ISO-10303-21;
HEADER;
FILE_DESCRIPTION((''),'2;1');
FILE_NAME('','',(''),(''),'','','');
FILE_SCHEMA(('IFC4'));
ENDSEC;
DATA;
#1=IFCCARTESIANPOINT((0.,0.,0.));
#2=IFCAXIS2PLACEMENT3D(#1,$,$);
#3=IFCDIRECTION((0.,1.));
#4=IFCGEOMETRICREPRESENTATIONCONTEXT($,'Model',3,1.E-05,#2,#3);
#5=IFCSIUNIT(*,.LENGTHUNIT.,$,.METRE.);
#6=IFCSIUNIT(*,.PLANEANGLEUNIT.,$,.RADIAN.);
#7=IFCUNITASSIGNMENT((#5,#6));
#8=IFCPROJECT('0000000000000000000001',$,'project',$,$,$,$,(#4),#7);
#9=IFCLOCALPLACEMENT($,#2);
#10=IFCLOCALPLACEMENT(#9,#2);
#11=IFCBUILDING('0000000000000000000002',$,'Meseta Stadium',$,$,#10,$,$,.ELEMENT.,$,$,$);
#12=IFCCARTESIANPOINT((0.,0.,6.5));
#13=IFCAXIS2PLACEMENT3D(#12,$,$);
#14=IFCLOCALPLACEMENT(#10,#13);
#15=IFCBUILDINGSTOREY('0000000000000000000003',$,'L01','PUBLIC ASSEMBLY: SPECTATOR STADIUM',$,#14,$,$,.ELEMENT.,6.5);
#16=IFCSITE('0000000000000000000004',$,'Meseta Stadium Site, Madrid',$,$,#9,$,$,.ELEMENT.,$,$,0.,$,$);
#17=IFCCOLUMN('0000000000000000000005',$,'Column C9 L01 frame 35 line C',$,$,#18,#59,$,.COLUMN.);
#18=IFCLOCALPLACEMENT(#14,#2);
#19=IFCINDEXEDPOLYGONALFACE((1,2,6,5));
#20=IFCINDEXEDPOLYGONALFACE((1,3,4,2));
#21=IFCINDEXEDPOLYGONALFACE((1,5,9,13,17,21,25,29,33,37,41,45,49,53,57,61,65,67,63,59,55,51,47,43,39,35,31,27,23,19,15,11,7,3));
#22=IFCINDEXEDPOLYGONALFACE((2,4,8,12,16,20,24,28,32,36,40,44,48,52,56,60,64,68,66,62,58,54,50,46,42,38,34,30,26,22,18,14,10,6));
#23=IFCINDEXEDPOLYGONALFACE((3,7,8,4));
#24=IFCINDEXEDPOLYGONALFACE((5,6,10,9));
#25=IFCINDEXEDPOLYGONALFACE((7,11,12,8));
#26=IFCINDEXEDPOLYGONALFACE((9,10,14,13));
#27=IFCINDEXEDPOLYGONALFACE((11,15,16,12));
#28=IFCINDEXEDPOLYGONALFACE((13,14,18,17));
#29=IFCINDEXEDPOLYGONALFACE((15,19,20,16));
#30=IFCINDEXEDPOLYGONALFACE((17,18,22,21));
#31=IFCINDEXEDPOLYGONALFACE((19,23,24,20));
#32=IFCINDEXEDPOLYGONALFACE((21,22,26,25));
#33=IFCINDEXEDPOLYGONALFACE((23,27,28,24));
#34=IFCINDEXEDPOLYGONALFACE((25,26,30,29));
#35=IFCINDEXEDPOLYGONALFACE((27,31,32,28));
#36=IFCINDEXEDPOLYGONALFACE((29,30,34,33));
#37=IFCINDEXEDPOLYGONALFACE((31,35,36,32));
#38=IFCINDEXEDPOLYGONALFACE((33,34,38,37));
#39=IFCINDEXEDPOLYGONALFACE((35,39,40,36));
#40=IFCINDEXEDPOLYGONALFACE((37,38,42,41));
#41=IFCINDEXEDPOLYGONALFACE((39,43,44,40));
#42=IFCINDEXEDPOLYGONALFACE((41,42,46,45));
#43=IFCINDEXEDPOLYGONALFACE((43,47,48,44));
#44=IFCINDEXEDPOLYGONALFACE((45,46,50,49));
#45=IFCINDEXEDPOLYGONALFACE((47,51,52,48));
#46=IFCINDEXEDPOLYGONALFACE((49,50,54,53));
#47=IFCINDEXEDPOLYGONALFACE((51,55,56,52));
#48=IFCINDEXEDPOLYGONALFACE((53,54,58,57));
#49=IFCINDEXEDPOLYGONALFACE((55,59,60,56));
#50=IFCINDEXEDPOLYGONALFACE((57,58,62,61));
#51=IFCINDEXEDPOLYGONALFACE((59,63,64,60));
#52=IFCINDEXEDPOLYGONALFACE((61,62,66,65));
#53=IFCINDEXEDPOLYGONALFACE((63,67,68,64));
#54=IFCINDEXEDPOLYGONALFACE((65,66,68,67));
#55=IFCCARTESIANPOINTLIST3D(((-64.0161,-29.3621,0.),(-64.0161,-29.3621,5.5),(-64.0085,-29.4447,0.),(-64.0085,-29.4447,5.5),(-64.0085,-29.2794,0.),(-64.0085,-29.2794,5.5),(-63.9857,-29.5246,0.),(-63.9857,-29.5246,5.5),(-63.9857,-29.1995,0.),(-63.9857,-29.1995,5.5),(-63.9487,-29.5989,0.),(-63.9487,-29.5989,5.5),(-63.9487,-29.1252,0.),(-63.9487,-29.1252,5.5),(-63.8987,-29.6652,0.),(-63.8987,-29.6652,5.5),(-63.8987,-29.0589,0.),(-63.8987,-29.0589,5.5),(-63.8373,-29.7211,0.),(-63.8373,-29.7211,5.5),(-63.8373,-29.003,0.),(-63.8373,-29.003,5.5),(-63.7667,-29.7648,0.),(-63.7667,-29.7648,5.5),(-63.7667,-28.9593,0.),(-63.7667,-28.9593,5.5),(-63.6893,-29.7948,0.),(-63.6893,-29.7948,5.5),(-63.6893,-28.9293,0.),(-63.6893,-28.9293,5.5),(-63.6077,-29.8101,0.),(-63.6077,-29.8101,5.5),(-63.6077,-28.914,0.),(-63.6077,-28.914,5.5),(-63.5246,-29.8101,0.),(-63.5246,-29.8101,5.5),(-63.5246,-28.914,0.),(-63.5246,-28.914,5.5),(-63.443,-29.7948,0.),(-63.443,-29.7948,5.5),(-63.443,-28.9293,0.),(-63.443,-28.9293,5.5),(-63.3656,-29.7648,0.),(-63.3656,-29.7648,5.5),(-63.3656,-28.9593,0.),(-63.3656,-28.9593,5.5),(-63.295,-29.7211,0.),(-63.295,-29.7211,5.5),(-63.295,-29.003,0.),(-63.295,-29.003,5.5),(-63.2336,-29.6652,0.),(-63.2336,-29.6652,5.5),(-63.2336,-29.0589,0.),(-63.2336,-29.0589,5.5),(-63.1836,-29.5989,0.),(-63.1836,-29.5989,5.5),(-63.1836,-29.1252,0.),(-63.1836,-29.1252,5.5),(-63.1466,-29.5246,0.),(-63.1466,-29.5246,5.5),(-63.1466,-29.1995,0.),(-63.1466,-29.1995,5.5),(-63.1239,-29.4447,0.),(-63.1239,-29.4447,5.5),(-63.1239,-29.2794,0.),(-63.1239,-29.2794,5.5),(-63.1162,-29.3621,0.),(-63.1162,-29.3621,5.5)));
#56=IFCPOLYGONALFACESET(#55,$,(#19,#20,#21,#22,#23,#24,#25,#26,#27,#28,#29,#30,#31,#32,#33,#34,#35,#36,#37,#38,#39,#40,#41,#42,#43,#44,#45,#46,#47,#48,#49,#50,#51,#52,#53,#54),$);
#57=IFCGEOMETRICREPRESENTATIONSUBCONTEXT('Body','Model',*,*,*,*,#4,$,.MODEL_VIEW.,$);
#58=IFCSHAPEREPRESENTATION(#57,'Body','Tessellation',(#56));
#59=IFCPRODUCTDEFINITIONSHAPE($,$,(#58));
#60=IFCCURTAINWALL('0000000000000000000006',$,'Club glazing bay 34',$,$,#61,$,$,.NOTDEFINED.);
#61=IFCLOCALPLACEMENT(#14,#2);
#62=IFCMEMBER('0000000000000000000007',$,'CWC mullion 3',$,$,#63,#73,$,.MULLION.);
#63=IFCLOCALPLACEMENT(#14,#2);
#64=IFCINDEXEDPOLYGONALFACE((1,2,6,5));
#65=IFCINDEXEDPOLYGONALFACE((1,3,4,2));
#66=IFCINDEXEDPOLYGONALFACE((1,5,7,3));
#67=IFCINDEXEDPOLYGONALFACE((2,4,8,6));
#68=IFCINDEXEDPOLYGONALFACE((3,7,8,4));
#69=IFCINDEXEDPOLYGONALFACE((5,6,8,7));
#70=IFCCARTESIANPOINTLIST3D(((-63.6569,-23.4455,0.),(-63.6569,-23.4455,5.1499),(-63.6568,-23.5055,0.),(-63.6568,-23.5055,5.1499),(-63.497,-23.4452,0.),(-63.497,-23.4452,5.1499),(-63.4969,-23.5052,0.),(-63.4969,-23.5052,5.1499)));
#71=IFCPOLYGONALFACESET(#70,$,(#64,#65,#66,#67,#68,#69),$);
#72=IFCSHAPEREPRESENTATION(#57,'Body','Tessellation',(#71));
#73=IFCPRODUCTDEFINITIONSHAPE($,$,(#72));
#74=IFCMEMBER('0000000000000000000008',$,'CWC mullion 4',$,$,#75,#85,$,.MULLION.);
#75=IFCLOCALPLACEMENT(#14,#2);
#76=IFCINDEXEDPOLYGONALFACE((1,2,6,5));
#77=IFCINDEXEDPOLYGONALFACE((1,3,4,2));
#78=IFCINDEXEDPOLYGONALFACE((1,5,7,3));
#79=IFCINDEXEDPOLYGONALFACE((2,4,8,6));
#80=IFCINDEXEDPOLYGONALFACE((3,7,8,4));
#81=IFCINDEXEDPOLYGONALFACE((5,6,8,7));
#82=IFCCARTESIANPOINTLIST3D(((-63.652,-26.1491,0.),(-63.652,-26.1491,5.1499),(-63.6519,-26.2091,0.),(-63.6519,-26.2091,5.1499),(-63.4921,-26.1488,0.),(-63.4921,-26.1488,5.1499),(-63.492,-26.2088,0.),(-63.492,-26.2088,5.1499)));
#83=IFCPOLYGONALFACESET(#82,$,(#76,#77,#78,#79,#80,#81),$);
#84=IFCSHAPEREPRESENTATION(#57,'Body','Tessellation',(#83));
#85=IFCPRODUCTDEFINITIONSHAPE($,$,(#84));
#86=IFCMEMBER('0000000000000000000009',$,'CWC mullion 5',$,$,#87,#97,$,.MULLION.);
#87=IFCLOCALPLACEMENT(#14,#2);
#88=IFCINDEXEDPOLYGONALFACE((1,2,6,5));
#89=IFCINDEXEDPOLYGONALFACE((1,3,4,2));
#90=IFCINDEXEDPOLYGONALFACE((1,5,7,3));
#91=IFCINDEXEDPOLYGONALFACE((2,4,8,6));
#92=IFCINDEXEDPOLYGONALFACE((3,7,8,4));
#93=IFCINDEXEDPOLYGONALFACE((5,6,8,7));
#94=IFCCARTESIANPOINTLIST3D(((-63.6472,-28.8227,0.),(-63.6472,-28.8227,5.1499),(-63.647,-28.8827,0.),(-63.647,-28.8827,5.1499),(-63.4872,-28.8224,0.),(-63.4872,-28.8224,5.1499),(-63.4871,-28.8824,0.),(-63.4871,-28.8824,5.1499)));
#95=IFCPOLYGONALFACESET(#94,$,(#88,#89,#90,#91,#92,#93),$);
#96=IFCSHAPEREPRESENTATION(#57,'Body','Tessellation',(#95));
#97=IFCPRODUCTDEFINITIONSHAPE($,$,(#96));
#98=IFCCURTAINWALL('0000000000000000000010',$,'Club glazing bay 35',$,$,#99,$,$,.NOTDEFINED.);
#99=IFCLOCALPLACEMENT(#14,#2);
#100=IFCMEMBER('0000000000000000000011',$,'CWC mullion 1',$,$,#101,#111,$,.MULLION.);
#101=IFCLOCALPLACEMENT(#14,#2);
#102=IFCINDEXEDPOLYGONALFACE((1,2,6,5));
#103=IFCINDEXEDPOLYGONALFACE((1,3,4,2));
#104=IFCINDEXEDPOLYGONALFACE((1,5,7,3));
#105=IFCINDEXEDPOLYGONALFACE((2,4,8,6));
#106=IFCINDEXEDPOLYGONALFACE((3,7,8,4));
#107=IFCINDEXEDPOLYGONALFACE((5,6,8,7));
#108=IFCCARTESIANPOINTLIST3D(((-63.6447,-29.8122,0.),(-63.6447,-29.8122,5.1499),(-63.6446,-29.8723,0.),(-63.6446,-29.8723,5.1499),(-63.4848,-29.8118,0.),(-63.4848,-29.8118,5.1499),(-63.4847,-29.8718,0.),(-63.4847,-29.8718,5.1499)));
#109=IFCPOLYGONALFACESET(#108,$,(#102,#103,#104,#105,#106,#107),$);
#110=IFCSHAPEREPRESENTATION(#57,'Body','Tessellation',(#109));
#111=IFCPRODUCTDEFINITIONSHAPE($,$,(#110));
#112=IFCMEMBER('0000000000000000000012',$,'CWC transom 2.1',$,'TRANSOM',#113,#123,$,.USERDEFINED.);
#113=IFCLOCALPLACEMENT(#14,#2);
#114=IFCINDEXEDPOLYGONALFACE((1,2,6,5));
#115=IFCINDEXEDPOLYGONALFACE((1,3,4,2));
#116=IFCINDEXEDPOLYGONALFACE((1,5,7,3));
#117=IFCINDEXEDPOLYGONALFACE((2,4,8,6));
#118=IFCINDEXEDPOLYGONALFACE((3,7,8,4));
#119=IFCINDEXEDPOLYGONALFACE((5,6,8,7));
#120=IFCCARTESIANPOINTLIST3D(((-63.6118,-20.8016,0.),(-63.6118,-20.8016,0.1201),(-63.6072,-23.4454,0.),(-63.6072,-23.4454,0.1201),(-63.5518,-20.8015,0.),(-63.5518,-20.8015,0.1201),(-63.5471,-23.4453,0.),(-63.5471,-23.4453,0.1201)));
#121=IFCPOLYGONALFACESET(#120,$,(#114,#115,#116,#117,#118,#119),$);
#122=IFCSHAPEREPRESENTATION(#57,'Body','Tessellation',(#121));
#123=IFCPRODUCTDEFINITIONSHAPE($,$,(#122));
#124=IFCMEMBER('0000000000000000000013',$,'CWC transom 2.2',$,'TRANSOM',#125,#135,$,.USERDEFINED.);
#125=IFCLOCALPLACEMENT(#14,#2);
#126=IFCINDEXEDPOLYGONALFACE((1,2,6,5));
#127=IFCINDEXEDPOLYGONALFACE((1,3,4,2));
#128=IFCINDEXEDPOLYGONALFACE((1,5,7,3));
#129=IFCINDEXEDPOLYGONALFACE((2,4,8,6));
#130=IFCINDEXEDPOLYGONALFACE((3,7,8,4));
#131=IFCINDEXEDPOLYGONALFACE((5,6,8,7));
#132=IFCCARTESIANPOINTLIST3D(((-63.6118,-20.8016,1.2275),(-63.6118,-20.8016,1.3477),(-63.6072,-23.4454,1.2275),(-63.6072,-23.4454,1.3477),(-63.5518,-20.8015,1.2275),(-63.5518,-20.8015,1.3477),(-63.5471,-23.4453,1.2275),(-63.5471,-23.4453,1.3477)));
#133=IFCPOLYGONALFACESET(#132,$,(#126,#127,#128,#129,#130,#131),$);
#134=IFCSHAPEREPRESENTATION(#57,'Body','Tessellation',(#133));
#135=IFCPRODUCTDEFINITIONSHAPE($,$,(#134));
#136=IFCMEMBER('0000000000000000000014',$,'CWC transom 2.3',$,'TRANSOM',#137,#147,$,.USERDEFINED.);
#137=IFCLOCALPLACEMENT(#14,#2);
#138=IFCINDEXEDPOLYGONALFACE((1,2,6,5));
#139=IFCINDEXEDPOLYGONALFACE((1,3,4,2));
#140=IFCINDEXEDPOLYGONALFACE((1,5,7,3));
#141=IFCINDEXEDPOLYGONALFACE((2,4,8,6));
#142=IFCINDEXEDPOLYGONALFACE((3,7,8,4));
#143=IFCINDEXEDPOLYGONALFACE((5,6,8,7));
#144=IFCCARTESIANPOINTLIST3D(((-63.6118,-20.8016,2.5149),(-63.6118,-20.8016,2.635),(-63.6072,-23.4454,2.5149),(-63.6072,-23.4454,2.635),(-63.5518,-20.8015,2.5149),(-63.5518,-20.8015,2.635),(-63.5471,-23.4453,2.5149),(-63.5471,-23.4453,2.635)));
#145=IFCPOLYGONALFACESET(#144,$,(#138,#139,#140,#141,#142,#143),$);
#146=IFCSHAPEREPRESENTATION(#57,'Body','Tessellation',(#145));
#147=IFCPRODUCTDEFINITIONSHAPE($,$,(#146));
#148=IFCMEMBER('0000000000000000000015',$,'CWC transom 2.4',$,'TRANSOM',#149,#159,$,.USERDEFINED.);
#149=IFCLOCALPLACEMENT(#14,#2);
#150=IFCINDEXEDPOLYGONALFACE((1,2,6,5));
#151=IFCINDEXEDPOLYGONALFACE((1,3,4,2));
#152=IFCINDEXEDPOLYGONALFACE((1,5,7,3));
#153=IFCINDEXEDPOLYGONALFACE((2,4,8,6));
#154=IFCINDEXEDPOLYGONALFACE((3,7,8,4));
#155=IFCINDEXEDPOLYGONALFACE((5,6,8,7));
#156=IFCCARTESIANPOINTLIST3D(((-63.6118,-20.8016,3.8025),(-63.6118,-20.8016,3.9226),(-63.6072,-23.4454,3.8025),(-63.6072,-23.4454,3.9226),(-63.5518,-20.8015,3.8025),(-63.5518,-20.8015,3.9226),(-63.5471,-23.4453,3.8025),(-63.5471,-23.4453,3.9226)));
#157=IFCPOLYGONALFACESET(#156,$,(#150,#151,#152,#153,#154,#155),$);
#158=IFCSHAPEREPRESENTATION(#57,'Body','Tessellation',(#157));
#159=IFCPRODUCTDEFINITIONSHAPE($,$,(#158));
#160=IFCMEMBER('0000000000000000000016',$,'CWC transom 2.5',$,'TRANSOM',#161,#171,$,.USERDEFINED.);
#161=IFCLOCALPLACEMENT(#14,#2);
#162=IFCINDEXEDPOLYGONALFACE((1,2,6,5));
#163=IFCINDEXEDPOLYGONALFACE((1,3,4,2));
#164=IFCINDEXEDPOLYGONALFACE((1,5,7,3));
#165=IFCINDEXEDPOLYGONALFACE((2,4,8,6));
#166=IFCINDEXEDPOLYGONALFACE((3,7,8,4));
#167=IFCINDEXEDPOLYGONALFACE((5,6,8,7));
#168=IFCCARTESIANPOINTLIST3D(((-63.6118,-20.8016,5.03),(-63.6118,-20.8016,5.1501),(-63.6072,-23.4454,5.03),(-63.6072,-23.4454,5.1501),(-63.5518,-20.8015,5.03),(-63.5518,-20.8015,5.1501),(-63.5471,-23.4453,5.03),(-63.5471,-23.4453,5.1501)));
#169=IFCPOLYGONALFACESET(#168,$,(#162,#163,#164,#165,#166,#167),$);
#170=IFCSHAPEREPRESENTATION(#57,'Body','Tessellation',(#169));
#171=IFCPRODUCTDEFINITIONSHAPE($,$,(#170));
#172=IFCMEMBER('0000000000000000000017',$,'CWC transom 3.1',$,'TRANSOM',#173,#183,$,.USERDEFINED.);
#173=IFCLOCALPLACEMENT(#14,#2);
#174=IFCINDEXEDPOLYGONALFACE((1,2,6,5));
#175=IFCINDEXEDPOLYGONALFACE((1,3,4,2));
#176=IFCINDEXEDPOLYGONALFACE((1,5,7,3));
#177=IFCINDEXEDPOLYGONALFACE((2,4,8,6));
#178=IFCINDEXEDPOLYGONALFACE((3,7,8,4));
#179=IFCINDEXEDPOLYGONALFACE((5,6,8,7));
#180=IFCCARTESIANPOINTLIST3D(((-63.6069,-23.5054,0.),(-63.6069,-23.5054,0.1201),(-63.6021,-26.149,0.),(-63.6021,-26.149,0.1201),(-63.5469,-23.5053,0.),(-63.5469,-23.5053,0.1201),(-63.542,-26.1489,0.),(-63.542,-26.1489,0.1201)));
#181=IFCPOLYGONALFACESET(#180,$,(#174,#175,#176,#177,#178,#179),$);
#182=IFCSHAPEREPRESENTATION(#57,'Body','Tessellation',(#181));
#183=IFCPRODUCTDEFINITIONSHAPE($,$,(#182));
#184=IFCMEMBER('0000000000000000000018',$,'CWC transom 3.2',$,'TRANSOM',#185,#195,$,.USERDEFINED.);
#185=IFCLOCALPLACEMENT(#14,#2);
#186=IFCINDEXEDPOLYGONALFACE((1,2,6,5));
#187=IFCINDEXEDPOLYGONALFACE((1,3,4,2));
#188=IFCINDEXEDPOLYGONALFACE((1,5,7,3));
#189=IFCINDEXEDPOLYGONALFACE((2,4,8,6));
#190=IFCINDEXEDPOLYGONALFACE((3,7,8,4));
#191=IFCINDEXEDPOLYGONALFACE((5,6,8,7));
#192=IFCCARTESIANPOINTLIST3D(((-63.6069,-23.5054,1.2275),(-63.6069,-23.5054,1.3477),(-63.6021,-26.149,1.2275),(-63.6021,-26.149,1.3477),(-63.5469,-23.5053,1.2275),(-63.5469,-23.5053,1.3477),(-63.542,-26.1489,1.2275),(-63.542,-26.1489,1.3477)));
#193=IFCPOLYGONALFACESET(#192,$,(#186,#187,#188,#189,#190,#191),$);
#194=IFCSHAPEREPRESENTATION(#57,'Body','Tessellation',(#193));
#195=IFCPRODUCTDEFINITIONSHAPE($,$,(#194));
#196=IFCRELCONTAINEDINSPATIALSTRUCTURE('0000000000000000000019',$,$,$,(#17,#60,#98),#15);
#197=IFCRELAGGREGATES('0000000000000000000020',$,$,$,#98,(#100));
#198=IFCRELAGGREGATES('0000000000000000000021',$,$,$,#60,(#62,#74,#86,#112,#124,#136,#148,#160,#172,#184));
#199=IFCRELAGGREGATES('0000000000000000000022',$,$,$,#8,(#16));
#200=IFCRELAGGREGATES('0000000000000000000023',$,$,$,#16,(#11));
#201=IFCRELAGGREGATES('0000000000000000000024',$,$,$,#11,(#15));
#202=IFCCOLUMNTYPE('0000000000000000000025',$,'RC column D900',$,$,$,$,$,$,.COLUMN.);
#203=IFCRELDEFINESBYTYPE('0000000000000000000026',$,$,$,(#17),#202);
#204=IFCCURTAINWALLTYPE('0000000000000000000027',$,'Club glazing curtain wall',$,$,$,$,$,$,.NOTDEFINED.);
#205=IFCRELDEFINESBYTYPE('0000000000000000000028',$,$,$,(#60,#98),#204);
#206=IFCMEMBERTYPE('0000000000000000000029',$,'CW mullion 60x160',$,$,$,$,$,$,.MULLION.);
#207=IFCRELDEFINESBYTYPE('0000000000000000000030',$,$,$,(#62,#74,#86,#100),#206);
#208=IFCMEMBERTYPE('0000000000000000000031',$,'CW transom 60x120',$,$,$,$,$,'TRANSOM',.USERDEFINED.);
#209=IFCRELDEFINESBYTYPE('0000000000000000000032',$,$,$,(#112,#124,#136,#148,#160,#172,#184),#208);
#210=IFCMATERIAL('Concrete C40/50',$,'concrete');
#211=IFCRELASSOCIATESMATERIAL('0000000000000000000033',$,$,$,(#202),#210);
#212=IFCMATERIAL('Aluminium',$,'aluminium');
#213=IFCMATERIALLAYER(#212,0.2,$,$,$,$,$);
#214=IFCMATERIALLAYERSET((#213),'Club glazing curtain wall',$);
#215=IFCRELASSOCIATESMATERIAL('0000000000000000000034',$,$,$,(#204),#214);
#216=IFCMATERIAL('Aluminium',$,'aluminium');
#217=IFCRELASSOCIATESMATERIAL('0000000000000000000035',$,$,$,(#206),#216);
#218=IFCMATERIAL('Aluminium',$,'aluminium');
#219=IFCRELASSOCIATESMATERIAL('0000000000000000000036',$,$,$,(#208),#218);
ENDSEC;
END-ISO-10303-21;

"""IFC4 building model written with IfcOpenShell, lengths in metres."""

from ifc_helpers import new_model, si_unit, direction, frame, origin, origin_2d, place, context, subcontext, project, spatial, rectangle, circle, extrude, material, layer, layer_set, material_profile, profile_set, type_object, element, aggregate, save


model = new_model("IFC4")

# Units and contexts
model_context = context("Model", 3, precision=1e-05, world=origin(), true_north=direction((0.0, 1.0)))
body_context = subcontext(model_context, "Body", "Model", "MODEL_VIEW")
ifc_project = project(units=[si_unit("LENGTHUNIT", "METRE"), si_unit("PLANEANGLEUNIT", "RADIAN")], contexts=[model_context])

# Site, building, storey
site_placement = place(None, origin())
site = spatial("IfcSite", under=ifc_project, at=site_placement, Name="Meseta Stadium Site, Madrid", CompositionType="ELEMENT", RefElevation=0.0)
building_placement = place(site_placement, origin())
building = spatial("IfcBuilding", under=site, at=building_placement, Name="Meseta Stadium", CompositionType="ELEMENT")
storey_placement = place(building_placement, frame((0.0, 0.0, 6.5)))
storey = spatial("IfcBuildingStorey", under=building, at=storey_placement, Name="L01", Description="PUBLIC ASSEMBLY: SPECTATOR STADIUM", CompositionType="ELEMENT", Elevation=6.5)

# Column
ifc_material_1 = material(Name="Concrete C40/50", Category="concrete")
ifc_material_profile_1 = material_profile(ifc_material_1, circle(Radius=0.45, at=origin_2d()), Name="RC D900")
ifc_profile_set_1 = profile_set([ifc_material_profile_1], Name="Concrete C40/50")
column_type = type_object("IfcColumnType", Name="RC column D900", PredefinedType="COLUMN", material=ifc_profile_set_1)
column_placement = place(storey_placement, frame((-63.5662, -29.3621, 0.0), z_axis=(0.0, 0.0, 1.0), x_axis=(1.0, 0.0, 0.0)))
element("IfcColumn", 1, at=column_placement, inside=storey, type_object=column_type, Name="Column C9 L01 frame 35 line C", PredefinedType="COLUMN", context=body_context, shape_type="SweptSolid", body=[
    extrude(circle(Radius=0.45, at=origin_2d()), origin(), (0.0, 0.0, 1.0), 5.5),
])

# Curtain wall, members
ifc_material_2 = material(Name="Aluminium", Category="aluminium")
ifc_layer_1 = layer(ifc_material_2, 0.2)
ifc_layer_set_1 = layer_set([ifc_layer_1], Name="Club glazing curtain wall")
curtain_wall_type = type_object("IfcCurtainWallType", Name="Club glazing curtain wall", PredefinedType="NOTDEFINED", material=ifc_layer_set_1)
curtain_wall_1_placement = place(storey_placement, origin())
curtain_wall_1 = element("IfcCurtainWall", 2, at=curtain_wall_1_placement, inside=storey, type_object=curtain_wall_type, Name="Club glazing bay 34", PredefinedType="NOTDEFINED")
ifc_material_3 = material(Name="Aluminium", Category="aluminium")
ifc_material_profile_2 = material_profile(ifc_material_3, rectangle(XDim=0.1599, YDim=0.0601, at=origin_2d()), Name="CW 160x60")
ifc_profile_set_2 = profile_set([ifc_material_profile_2], Name="Aluminium")
member_type_1 = type_object("IfcMemberType", Name="CW mullion 60x160", PredefinedType="MULLION", material=ifc_profile_set_2)
member_1_placement = place(storey_placement, frame((-63.5769, -23.4753, 0.0), z_axis=(0.0, 0.0, 1.0), x_axis=(0.999998, 0.001845, 0.0)))
member_1 = element("IfcMember", 3, at=member_1_placement, type_object=member_type_1, Name="CWC mullion 3", PredefinedType="MULLION", context=body_context, shape_type="SweptSolid", body=[
    extrude(rectangle(XDim=0.1599, YDim=0.0601, at=origin_2d()), origin(), (0.0, 0.0, 1.0), 5.1499),
])
member_2_placement = place(storey_placement, frame((-63.572, -26.179, 0.0), z_axis=(0.0, 0.0, 1.0), x_axis=(0.999998, 0.001845, 0.0)))
member_2 = element("IfcMember", 4, at=member_2_placement, type_object=member_type_1, Name="CWC mullion 4", PredefinedType="MULLION", context=body_context, shape_type="SweptSolid", body=[
    extrude(rectangle(XDim=0.1599, YDim=0.0601, at=origin_2d()), origin(), (0.0, 0.0, 1.0), 5.1499),
])
member_3_placement = place(storey_placement, frame((-63.5671, -28.8525, 0.0), z_axis=(0.0, 0.0, 1.0), x_axis=(0.999998, 0.001845, 0.0)))
member_3 = element("IfcMember", 5, at=member_3_placement, type_object=member_type_1, Name="CWC mullion 5", PredefinedType="MULLION", context=body_context, shape_type="SweptSolid", body=[
    extrude(rectangle(XDim=0.1599, YDim=0.0601, at=origin_2d()), origin(), (0.0, 0.0, 1.0), 5.1499),
])

# Curtain wall, member
curtain_wall_2_placement = place(storey_placement, origin())
curtain_wall_2 = element("IfcCurtainWall", 6, at=curtain_wall_2_placement, inside=storey, type_object=curtain_wall_type, Name="Club glazing bay 35", PredefinedType="NOTDEFINED")
member_4_placement = place(storey_placement, frame((-63.5647, -29.842, 0.0), z_axis=(0.0, 0.0, 1.0), x_axis=(0.999996, 0.002758, 0.0)))
member_4 = element("IfcMember", 7, at=member_4_placement, type_object=member_type_1, Name="CWC mullion 1", PredefinedType="MULLION", context=body_context, shape_type="SweptSolid", body=[
    extrude(rectangle(XDim=0.1599, YDim=0.0601, at=origin_2d()), origin(), (0.0, 0.0, 1.0), 5.1499),
])

# Members
ifc_material_4 = material(Name="Aluminium", Category="aluminium")
ifc_material_profile_3 = material_profile(ifc_material_4, rectangle(XDim=0.0601, YDim=0.1201, at=origin_2d()), Name="CW 60x120")
ifc_profile_set_3 = profile_set([ifc_material_profile_3], Name="Aluminium")
member_type_2 = type_object("IfcMemberType", Name="CW transom 60x120", ElementType="TRANSOM", PredefinedType="USERDEFINED", material=ifc_profile_set_3)
member_5_placement = place(storey_placement, frame((-63.5818, -20.8015, 0.0601), z_axis=(0.001755, -0.999998, 0.0), x_axis=(0.999998, 0.001755, 0.0)))
member_5 = element("IfcMember", 8, at=member_5_placement, type_object=member_type_2, Name="CWC transom 2.1", ObjectType="TRANSOM", PredefinedType="USERDEFINED", context=body_context, shape_type="SweptSolid", body=[
    extrude(rectangle(XDim=0.0601, YDim=0.1201, at=origin_2d()), origin(), (0.0, 0.0, 1.0), 2.6438),
])
member_6_placement = place(storey_placement, frame((-63.5818, -20.8015, 1.2876), z_axis=(0.001755, -0.999998, 0.0), x_axis=(0.999998, 0.001755, 0.0)))
member_6 = element("IfcMember", 9, at=member_6_placement, type_object=member_type_2, Name="CWC transom 2.2", ObjectType="TRANSOM", PredefinedType="USERDEFINED", context=body_context, shape_type="SweptSolid", body=[
    extrude(rectangle(XDim=0.0601, YDim=0.1201, at=origin_2d()), origin(), (0.0, 0.0, 1.0), 2.6438),
])
member_7_placement = place(storey_placement, frame((-63.5818, -20.8015, 2.575), z_axis=(0.001755, -0.999998, 0.0), x_axis=(0.999998, 0.001755, 0.0)))
member_7 = element("IfcMember", 10, at=member_7_placement, type_object=member_type_2, Name="CWC transom 2.3", ObjectType="TRANSOM", PredefinedType="USERDEFINED", context=body_context, shape_type="SweptSolid", body=[
    extrude(rectangle(XDim=0.0601, YDim=0.1201, at=origin_2d()), origin(), (0.0, 0.0, 1.0), 2.6438),
])
member_8_placement = place(storey_placement, frame((-63.5818, -20.8015, 3.8625), z_axis=(0.001755, -0.999998, 0.0), x_axis=(0.999998, 0.001755, 0.0)))
member_8 = element("IfcMember", 11, at=member_8_placement, type_object=member_type_2, Name="CWC transom 2.4", ObjectType="TRANSOM", PredefinedType="USERDEFINED", context=body_context, shape_type="SweptSolid", body=[
    extrude(rectangle(XDim=0.0601, YDim=0.1201, at=origin_2d()), origin(), (0.0, 0.0, 1.0), 2.6438),
])
member_9_placement = place(storey_placement, frame((-63.5818, -20.8015, 5.0901), z_axis=(0.001755, -0.999998, 0.0), x_axis=(0.999998, 0.001755, 0.0)))
member_9 = element("IfcMember", 12, at=member_9_placement, type_object=member_type_2, Name="CWC transom 2.5", ObjectType="TRANSOM", PredefinedType="USERDEFINED", context=body_context, shape_type="SweptSolid", body=[
    extrude(rectangle(XDim=0.0601, YDim=0.1201, at=origin_2d()), origin(), (0.0, 0.0, 1.0), 2.6438),
])
member_10_placement = place(storey_placement, frame((-63.5769, -23.5054, 0.0601), z_axis=(0.001847, -0.999998, 0.0), x_axis=(0.999998, 0.001847, 0.0)))
member_10 = element("IfcMember", 13, at=member_10_placement, type_object=member_type_2, Name="CWC transom 3.1", ObjectType="TRANSOM", PredefinedType="USERDEFINED", context=body_context, shape_type="SweptSolid", body=[
    extrude(rectangle(XDim=0.0601, YDim=0.1201, at=origin_2d()), origin(), (0.0, 0.0, 1.0), 2.6436),
])
member_11_placement = place(storey_placement, frame((-63.5769, -23.5054, 1.2876), z_axis=(0.001847, -0.999998, 0.0), x_axis=(0.999998, 0.001847, 0.0)))
member_11 = element("IfcMember", 14, at=member_11_placement, type_object=member_type_2, Name="CWC transom 3.2", ObjectType="TRANSOM", PredefinedType="USERDEFINED", context=body_context, shape_type="SweptSolid", body=[
    extrude(rectangle(XDim=0.0601, YDim=0.1201, at=origin_2d()), origin(), (0.0, 0.0, 1.0), 2.6436),
])
aggregate(curtain_wall_2, [member_4])

aggregate(curtain_wall_1, [member_1, member_2, member_3, member_5, member_6, member_7, member_8, member_9, member_10, member_11])

save(model, "model.ifc")
